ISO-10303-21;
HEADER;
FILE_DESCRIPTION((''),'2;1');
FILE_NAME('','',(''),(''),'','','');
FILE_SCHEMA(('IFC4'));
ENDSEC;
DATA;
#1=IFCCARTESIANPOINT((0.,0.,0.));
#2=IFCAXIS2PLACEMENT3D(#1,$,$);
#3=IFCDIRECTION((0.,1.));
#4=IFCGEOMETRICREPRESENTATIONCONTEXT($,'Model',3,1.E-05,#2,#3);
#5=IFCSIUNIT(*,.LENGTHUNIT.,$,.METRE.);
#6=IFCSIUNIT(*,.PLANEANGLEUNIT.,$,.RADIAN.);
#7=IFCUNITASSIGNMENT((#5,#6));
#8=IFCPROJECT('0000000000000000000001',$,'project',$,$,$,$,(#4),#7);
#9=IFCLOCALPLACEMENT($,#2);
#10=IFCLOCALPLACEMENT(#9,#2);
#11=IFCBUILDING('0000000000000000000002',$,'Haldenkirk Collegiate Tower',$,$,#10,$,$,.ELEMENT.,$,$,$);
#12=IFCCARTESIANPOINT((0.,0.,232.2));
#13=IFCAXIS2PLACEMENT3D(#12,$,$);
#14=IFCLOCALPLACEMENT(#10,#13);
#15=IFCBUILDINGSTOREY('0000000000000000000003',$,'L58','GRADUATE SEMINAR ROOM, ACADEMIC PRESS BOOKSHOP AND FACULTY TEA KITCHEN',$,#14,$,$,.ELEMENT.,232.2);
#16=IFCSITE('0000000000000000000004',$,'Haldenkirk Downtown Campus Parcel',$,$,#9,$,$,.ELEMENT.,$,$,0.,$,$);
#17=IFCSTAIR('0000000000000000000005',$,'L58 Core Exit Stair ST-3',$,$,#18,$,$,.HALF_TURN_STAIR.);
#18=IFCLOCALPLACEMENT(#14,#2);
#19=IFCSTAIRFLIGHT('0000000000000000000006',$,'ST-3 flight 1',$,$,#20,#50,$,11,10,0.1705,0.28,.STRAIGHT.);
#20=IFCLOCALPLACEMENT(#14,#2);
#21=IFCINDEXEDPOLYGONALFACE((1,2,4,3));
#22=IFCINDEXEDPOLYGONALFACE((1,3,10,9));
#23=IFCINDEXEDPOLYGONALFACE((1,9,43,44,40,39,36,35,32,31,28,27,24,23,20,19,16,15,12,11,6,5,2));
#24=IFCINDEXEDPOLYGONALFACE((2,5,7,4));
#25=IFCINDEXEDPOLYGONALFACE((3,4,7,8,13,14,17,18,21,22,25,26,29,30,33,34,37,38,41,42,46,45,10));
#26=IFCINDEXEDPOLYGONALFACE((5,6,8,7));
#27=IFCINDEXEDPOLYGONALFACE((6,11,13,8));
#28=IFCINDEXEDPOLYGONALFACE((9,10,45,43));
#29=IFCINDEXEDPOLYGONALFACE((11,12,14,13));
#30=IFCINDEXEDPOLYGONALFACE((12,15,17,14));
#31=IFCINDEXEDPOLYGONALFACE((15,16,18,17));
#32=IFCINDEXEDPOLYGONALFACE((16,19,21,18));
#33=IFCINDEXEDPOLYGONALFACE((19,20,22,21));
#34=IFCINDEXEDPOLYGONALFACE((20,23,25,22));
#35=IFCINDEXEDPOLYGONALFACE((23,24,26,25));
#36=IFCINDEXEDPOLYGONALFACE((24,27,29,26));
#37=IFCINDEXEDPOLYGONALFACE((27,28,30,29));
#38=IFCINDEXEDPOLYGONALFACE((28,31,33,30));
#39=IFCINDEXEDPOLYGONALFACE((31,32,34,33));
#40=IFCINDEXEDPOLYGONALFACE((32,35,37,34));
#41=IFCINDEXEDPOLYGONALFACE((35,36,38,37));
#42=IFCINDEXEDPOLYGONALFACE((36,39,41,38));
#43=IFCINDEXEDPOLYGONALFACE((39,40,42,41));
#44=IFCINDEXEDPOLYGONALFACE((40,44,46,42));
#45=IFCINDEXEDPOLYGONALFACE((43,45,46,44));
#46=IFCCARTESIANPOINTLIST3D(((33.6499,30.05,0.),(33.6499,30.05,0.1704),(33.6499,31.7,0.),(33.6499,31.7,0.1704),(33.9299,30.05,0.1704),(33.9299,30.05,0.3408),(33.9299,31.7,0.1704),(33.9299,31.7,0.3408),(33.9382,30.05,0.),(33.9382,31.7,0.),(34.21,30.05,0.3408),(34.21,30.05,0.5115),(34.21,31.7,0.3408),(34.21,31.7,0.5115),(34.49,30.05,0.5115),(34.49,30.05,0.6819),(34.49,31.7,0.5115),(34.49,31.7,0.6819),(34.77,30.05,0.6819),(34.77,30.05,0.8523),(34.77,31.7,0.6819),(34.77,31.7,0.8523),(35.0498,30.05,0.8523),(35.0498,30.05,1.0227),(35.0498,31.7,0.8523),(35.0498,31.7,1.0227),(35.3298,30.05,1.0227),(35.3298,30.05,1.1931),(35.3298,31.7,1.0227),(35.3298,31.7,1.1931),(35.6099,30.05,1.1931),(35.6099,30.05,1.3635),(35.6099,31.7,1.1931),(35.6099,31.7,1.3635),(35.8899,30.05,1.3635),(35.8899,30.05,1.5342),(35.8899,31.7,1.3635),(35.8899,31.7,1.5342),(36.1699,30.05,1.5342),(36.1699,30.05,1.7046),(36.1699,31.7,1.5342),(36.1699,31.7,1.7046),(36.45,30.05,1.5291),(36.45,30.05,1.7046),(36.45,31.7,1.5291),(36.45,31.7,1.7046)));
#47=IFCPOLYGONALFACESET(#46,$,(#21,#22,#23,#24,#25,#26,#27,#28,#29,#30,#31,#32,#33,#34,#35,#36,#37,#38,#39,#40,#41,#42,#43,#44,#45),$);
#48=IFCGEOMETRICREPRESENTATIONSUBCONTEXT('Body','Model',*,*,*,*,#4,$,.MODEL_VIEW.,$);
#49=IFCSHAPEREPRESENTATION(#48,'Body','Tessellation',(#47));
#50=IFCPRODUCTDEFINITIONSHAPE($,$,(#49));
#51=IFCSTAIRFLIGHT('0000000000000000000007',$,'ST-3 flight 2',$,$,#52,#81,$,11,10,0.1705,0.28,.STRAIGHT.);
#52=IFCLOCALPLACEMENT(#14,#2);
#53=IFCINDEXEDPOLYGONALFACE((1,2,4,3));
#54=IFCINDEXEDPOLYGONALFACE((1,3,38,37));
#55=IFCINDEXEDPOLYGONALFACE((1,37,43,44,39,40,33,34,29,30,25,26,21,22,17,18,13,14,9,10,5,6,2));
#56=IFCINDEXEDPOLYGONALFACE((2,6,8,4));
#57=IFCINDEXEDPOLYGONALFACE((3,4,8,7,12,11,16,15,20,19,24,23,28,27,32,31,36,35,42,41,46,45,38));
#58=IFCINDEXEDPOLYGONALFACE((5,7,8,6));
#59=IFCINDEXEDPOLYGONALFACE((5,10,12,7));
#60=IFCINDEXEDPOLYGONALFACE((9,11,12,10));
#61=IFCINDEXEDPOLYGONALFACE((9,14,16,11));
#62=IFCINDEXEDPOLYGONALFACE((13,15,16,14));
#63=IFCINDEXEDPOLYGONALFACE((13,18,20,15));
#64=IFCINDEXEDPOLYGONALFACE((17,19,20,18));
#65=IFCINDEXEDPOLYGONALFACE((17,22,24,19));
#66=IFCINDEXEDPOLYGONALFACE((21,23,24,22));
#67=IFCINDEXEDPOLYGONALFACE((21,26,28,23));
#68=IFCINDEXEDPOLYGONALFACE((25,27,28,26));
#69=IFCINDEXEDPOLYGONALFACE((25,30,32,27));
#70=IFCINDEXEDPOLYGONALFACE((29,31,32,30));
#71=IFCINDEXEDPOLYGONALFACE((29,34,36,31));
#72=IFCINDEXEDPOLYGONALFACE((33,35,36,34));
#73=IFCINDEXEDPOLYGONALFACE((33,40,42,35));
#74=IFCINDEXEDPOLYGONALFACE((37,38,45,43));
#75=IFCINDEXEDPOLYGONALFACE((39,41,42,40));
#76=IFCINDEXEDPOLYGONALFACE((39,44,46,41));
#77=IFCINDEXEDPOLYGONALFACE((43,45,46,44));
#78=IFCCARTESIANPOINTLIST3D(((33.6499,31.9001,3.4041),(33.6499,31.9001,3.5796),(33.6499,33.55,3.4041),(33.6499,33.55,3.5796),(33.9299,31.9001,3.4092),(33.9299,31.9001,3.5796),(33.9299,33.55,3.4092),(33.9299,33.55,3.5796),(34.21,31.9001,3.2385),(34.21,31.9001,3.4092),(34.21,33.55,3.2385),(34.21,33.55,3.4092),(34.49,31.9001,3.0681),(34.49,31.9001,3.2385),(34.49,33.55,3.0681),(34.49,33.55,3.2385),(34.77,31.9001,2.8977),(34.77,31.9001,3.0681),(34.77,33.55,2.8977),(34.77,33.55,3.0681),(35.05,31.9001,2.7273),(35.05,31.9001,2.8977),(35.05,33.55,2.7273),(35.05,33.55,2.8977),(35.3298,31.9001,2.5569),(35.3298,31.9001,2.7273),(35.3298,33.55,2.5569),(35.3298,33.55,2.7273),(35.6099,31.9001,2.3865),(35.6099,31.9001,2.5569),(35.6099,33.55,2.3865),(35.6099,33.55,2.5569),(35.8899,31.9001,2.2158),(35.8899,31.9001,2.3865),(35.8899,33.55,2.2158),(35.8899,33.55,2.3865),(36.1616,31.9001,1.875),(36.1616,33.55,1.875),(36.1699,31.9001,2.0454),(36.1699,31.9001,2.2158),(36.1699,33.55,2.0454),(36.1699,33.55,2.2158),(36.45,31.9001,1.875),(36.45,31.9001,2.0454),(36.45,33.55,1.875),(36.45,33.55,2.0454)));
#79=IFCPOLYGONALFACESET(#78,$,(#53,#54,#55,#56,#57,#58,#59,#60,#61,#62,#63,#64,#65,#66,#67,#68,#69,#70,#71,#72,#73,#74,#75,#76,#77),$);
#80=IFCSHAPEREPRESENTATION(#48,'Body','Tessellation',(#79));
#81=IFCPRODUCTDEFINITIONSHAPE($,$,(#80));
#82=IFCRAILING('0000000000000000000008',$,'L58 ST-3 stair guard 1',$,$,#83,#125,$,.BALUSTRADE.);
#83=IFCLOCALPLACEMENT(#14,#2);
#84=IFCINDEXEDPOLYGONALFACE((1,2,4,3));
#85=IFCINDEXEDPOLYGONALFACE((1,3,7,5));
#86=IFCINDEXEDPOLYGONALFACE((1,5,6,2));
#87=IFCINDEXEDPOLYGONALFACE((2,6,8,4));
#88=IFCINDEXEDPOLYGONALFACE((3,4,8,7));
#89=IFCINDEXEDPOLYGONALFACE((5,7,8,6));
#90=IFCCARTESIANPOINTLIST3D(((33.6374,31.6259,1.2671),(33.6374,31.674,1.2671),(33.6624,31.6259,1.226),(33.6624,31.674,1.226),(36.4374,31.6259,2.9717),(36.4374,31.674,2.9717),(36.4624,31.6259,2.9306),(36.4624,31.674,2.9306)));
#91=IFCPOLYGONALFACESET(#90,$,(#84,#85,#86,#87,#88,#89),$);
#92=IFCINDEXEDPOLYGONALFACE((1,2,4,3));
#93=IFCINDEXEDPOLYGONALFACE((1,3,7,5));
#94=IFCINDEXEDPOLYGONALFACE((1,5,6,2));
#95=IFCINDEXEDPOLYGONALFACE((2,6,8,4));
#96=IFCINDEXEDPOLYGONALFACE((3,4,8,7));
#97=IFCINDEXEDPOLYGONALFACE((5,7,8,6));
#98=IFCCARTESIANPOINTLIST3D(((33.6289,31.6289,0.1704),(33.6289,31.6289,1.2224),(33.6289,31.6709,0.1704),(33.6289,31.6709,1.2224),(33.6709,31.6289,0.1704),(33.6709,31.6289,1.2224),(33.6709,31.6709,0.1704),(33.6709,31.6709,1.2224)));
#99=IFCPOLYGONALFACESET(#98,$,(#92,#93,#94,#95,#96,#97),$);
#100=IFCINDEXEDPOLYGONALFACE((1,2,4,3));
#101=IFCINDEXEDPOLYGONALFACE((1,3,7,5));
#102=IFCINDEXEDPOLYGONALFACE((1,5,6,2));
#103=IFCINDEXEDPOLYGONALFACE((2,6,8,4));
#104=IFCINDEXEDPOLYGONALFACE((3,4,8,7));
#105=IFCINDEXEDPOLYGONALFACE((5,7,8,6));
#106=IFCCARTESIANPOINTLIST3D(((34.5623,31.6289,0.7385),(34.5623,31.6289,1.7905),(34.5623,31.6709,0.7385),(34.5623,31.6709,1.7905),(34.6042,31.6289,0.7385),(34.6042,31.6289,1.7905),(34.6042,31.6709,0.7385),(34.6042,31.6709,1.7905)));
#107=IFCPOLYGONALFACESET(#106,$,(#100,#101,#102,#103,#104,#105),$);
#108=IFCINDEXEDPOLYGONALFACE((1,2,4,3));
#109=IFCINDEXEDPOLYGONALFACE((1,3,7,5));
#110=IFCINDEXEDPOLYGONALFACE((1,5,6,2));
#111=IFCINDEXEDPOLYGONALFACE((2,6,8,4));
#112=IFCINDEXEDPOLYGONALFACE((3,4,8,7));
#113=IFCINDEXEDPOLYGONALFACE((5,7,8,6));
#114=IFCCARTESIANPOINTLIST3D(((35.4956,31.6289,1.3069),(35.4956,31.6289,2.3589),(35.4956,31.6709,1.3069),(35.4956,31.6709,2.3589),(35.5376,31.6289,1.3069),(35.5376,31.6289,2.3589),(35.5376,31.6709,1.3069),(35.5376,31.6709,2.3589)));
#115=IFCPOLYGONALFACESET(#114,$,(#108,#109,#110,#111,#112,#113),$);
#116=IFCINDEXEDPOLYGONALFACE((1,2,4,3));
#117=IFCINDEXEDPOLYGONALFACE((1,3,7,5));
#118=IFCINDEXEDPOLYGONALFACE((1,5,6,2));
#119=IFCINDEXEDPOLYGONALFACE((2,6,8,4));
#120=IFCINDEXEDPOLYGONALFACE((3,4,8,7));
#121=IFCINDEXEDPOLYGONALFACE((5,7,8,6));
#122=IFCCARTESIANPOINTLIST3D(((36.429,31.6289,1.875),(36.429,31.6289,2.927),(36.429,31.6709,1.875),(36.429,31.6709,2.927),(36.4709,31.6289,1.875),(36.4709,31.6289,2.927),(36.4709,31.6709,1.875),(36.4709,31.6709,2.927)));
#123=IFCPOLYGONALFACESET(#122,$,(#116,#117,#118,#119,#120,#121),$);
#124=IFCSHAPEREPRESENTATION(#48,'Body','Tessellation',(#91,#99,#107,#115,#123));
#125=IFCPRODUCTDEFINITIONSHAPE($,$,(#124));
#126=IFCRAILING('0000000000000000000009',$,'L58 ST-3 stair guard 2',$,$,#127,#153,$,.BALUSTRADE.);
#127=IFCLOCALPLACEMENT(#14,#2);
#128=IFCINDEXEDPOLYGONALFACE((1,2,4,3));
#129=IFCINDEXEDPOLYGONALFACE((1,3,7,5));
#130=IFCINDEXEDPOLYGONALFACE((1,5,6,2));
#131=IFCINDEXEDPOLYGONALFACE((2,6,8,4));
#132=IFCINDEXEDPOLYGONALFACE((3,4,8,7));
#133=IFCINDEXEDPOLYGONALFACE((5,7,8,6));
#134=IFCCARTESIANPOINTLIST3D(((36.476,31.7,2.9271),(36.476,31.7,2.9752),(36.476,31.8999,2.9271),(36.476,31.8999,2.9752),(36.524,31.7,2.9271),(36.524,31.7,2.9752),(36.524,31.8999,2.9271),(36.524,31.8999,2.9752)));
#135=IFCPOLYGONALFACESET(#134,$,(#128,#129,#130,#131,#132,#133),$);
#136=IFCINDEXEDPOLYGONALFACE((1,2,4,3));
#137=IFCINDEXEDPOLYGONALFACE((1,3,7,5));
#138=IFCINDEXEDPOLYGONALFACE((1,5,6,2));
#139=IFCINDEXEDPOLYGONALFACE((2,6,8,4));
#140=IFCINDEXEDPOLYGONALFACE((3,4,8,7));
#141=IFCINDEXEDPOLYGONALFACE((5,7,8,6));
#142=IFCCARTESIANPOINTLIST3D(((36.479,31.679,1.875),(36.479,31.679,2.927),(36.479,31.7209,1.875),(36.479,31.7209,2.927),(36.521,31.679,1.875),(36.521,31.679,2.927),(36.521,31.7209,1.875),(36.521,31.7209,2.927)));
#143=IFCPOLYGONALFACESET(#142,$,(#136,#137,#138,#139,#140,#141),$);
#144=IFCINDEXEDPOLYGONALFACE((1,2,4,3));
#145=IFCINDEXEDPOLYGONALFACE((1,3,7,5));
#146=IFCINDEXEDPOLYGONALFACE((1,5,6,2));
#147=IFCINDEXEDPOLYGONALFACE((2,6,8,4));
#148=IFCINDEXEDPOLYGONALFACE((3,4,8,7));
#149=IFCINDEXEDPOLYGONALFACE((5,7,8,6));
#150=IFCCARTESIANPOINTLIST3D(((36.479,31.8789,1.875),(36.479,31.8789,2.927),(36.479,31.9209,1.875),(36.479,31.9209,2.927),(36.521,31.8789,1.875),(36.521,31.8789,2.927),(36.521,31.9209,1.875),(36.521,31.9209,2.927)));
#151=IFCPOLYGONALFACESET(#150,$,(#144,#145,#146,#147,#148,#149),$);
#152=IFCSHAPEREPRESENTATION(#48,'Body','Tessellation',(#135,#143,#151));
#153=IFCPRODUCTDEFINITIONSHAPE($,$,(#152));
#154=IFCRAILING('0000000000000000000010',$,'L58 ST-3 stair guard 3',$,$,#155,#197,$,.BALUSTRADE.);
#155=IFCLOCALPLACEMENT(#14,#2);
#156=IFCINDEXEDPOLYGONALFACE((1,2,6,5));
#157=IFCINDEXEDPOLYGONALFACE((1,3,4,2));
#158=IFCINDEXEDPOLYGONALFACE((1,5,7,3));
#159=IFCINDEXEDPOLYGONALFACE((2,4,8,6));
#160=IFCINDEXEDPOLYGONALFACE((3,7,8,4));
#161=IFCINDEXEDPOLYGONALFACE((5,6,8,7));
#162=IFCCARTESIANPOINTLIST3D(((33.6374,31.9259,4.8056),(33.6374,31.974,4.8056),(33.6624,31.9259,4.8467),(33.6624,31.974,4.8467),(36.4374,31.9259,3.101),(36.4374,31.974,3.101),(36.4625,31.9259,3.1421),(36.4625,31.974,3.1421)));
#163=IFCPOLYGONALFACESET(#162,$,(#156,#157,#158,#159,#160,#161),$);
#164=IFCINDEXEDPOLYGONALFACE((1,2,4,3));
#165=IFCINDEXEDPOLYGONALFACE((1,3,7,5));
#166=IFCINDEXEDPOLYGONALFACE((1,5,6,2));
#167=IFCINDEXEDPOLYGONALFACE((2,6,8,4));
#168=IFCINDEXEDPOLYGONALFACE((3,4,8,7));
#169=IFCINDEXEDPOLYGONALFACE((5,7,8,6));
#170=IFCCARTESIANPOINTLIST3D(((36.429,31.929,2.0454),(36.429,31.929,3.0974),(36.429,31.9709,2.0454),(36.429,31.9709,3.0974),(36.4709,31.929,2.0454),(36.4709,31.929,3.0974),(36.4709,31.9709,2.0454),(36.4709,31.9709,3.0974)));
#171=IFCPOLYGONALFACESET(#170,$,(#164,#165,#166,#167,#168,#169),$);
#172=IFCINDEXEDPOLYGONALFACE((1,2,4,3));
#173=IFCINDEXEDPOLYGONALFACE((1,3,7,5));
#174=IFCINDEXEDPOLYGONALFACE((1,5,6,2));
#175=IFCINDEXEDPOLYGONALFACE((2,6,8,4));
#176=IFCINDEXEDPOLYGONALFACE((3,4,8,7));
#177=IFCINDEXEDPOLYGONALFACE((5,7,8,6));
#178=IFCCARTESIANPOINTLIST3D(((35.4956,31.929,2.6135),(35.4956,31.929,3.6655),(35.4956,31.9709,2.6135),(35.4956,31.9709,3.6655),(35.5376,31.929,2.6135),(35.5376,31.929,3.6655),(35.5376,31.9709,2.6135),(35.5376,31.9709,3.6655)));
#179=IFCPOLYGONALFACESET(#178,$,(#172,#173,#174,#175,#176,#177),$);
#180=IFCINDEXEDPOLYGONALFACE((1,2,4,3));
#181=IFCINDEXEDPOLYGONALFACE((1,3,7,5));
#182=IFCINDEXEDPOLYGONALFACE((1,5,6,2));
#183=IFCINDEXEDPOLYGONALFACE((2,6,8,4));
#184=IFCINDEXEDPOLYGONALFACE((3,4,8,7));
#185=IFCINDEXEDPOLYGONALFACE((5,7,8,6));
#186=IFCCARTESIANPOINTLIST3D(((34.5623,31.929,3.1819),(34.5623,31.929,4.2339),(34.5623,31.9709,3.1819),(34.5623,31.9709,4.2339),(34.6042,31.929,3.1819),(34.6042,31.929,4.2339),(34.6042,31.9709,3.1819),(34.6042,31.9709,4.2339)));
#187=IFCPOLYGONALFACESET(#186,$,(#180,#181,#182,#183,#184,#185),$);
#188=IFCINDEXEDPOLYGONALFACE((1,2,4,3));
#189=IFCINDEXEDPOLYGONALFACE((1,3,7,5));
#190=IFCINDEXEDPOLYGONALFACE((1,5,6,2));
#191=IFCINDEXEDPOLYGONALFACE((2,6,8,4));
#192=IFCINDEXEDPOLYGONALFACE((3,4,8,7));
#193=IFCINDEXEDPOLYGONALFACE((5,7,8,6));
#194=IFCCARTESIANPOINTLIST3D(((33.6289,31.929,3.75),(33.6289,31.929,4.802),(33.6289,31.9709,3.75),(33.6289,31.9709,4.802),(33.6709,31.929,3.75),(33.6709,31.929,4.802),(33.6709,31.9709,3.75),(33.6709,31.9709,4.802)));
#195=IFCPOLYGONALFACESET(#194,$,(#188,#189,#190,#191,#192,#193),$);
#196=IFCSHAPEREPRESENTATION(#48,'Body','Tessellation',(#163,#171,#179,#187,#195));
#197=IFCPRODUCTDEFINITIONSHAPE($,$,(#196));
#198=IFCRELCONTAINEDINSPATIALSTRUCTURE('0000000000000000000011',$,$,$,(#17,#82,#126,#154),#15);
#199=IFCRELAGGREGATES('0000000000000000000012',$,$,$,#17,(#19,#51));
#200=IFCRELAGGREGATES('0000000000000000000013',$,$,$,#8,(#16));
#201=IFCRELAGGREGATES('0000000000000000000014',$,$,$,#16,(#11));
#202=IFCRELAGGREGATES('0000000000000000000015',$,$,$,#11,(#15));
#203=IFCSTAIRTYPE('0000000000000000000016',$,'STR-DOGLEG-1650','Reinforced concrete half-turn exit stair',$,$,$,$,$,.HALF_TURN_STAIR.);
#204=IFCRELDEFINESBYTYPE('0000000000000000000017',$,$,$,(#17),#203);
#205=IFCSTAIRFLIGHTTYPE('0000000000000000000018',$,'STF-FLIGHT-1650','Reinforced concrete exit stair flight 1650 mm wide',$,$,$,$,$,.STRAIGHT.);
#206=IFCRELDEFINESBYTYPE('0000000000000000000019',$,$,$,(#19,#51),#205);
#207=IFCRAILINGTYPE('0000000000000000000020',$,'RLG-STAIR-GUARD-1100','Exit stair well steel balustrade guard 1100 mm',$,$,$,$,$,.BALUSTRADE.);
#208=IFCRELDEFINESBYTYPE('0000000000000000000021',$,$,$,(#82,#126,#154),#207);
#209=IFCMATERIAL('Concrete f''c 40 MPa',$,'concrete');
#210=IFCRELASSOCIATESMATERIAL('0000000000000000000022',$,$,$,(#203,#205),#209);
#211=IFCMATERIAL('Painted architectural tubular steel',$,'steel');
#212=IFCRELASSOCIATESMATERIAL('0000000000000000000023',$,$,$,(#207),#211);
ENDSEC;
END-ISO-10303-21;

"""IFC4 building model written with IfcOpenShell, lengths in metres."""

from ifc_helpers import new_model, si_unit, direction, frame, origin, origin_2d, place, context, subcontext, project, spatial, polyline, rectangle, outline, extrude, material, type_object, element, aggregate, save


model = new_model("IFC4")

# Units and contexts
model_context = context("Model", 3, precision=1e-05, world=origin(), true_north=direction((0.0, 1.0)))
body_context = subcontext(model_context, "Body", "Model", "MODEL_VIEW")
ifc_project = project(units=[si_unit("LENGTHUNIT", "METRE"), si_unit("PLANEANGLEUNIT", "RADIAN")], contexts=[model_context])

# Site, building, storey
site_placement = place(None, origin())
site = spatial("IfcSite", under=ifc_project, at=site_placement, Name="Haldenkirk Downtown Campus Parcel", CompositionType="ELEMENT", RefElevation=0.0)
building_placement = place(site_placement, origin())
building = spatial("IfcBuilding", under=site, at=building_placement, Name="Haldenkirk Collegiate Tower", CompositionType="ELEMENT")
storey_placement = place(building_placement, frame((0.0, 0.0, 232.2)))
storey = spatial("IfcBuildingStorey", under=building, at=storey_placement, Name="L58", Description="GRADUATE SEMINAR ROOM, ACADEMIC PRESS BOOKSHOP AND FACULTY TEA KITCHEN", CompositionType="ELEMENT", Elevation=232.2)

# Stair, stair flights
ifc_material_1 = material(Name="Concrete f'c 40 MPa", Category="concrete")
stair_type = type_object("IfcStairType", Name="STR-DOGLEG-1650", Description="Reinforced concrete half-turn exit stair", PredefinedType="HALF_TURN_STAIR", material=ifc_material_1)
stair_placement = place(storey_placement, origin())
stair = element("IfcStair", 1, at=stair_placement, inside=storey, type_object=stair_type, Name="L58 Core Exit Stair ST-3", PredefinedType="HALF_TURN_STAIR")
stair_flight_type = type_object("IfcStairFlightType", Name="STF-FLIGHT-1650", Description="Reinforced concrete exit stair flight 1650 mm wide", PredefinedType="STRAIGHT", material=ifc_material_1)
stair_flight_1_placement = place(storey_placement, frame((33.6499, 30.875, 0.0), z_axis=(0.0, 0.0, 1.0), x_axis=(1.0, 0.0, 0.0)))
stair_flight_1 = element("IfcStairFlight", 2, at=stair_flight_1_placement, type_object=stair_flight_type, Name="ST-3 flight 1", NumberOfRisers=11, NumberOfTreads=10, PredefinedType="STRAIGHT", RiserHeight=0.1705, TreadLength=0.28, context=body_context, shape_type="SweptSolid", body=[
    extrude(outline(polyline([(0.0, 0.0), (0.0, 0.1704), (0.28, 0.1704), (0.28, 0.3408), (0.5601, 0.3408), (0.5601, 0.5115), (0.8401, 0.5115), (0.8401, 0.6819), (1.1201, 0.6819), (1.1201, 0.8523), (1.3999, 0.8523), (1.3999, 1.0227), (1.6799, 1.0227), (1.6799, 1.1931), (1.96, 1.1931), (1.96, 1.3635), (2.24, 1.3635), (2.24, 1.5342), (2.52, 1.5342), (2.52, 1.7046), (2.8, 1.7046), (2.8, 1.875), (2.8, 1.5291), (0.2883, 0.0), (0.0, 0.0)])), frame((0.0, 0.825, 0.0), z_axis=(0.0, -1.0, 0.0), x_axis=(1.0, 0.0, 0.0)), (0.0, 0.0, 1.0), 1.6499),
])
stair_flight_2_placement = place(storey_placement, frame((36.45, 32.7251, 1.875), z_axis=(0.0, 0.0, 1.0), x_axis=(-1.0, 0.0, 0.0)))
stair_flight_2 = element("IfcStairFlight", 3, at=stair_flight_2_placement, type_object=stair_flight_type, Name="ST-3 flight 2", NumberOfRisers=11, NumberOfTreads=10, PredefinedType="STRAIGHT", RiserHeight=0.1705, TreadLength=0.28, context=body_context, shape_type="SweptSolid", body=[
    extrude(outline(polyline([(0.0, 0.0), (0.0, 0.1704), (0.28, 0.1704), (0.28, 0.3408), (0.5601, 0.3408), (0.5601, 0.5115), (0.8401, 0.5115), (0.8401, 0.6819), (1.1201, 0.6819), (1.1201, 0.8523), (1.3999, 0.8523), (1.3999, 1.0227), (1.6799, 1.0227), (1.6799, 1.1931), (1.96, 1.1931), (1.96, 1.3635), (2.24, 1.3635), (2.24, 1.5342), (2.52, 1.5342), (2.52, 1.7046), (2.8, 1.7046), (2.8, 1.875), (2.8, 1.5291), (0.2883, 0.0), (0.0, 0.0)])), frame((0.0, 0.825, 0.0), z_axis=(0.0, -1.0, 0.0), x_axis=(1.0, 0.0, 0.0)), (0.0, 0.0, 1.0), 1.6499),
])
aggregate(stair, [stair_flight_1, stair_flight_2])

# Railings
ifc_material_2 = material(Name="Painted architectural tubular steel", Category="steel")
railing_type_1 = type_object("IfcRailingType", Name="RLG-STAIR-GUARD-1100", Description="Exit stair well steel balustrade guard 1100 mm", PredefinedType="BALUSTRADE", material=ifc_material_2)
railing_1_placement = place(storey_placement, frame((33.6499, 31.6499, 0.1704)))
element("IfcRailing", 4, at=railing_1_placement, inside=storey, type_object=railing_type_1, Name="L58 ST-3 stair guard 1", PredefinedType="BALUSTRADE", context=body_context, shape_type="SweptSolid", body=[
    extrude(rectangle(XDim=0.0481, YDim=0.0481, at=origin_2d()), frame((0.0, 0.0, 1.0762), z_axis=(0.85417, 0.0, 0.519994), x_axis=(0.0, 1.0, 0.0)), (0.0, 0.0, 1.0), 3.2781),
    extrude(rectangle(XDim=0.042, YDim=0.042, at=origin_2d()), origin(), (0.0, 0.0, 1.0), 1.052),
    extrude(rectangle(XDim=0.042, YDim=0.042, at=origin_2d()), frame((0.9333, 0.0, 0.5681)), (0.0, 0.0, 1.0), 1.052),
    extrude(rectangle(XDim=0.042, YDim=0.042, at=origin_2d()), frame((1.8667, 0.0, 1.1365)), (0.0, 0.0, 1.0), 1.052),
    extrude(rectangle(XDim=0.042, YDim=0.042, at=origin_2d()), frame((2.8, 0.0, 1.7046)), (0.0, 0.0, 1.0), 1.052),
])
railing_2_placement = place(storey_placement, frame((36.5, 31.7, 1.875)))
element("IfcRailing", 5, at=railing_2_placement, inside=storey, type_object=railing_type_1, Name="L58 ST-3 stair guard 2", PredefinedType="BALUSTRADE", context=body_context, shape_type="SweptSolid", body=[
    extrude(rectangle(XDim=0.0481, YDim=0.0481, at=origin_2d()), frame((0.0, 0.0, 1.0762), z_axis=(0.0, 1.0, 0.0), x_axis=(-1.0, 0.0, 0.0)), (0.0, 0.0, 1.0), 0.2),
    extrude(rectangle(XDim=0.042, YDim=0.042, at=origin_2d()), origin(), (0.0, 0.0, 1.0), 1.052),
    extrude(rectangle(XDim=0.042, YDim=0.042, at=origin_2d()), frame((0.0, 0.2, 0.0)), (0.0, 0.0, 1.0), 1.052),
])
railing_3_placement = place(storey_placement, frame((36.45, 31.95, 2.0454)))
element("IfcRailing", 6, at=railing_3_placement, inside=storey, type_object=railing_type_1, Name="L58 ST-3 stair guard 3", PredefinedType="BALUSTRADE", context=body_context, shape_type="SweptSolid", body=[
    extrude(rectangle(XDim=0.0481, YDim=0.0481, at=origin_2d()), frame((0.0, 0.0, 1.0762), z_axis=(-0.85417, 0.0, 0.519994), x_axis=(0.0, -1.0, 0.0)), (0.0, 0.0, 1.0), 3.2781),
    extrude(rectangle(XDim=0.042, YDim=0.042, at=origin_2d()), origin(), (0.0, 0.0, 1.0), 1.052),
    extrude(rectangle(XDim=0.042, YDim=0.042, at=origin_2d()), frame((-0.9333, 0.0, 0.5681)), (0.0, 0.0, 1.0), 1.052),
    extrude(rectangle(XDim=0.042, YDim=0.042, at=origin_2d()), frame((-1.8667, 0.0, 1.1365)), (0.0, 0.0, 1.0), 1.052),
    extrude(rectangle(XDim=0.042, YDim=0.042, at=origin_2d()), frame((-2.8, 0.0, 1.7046)), (0.0, 0.0, 1.0), 1.052),
])

save(model, "model.ifc")
